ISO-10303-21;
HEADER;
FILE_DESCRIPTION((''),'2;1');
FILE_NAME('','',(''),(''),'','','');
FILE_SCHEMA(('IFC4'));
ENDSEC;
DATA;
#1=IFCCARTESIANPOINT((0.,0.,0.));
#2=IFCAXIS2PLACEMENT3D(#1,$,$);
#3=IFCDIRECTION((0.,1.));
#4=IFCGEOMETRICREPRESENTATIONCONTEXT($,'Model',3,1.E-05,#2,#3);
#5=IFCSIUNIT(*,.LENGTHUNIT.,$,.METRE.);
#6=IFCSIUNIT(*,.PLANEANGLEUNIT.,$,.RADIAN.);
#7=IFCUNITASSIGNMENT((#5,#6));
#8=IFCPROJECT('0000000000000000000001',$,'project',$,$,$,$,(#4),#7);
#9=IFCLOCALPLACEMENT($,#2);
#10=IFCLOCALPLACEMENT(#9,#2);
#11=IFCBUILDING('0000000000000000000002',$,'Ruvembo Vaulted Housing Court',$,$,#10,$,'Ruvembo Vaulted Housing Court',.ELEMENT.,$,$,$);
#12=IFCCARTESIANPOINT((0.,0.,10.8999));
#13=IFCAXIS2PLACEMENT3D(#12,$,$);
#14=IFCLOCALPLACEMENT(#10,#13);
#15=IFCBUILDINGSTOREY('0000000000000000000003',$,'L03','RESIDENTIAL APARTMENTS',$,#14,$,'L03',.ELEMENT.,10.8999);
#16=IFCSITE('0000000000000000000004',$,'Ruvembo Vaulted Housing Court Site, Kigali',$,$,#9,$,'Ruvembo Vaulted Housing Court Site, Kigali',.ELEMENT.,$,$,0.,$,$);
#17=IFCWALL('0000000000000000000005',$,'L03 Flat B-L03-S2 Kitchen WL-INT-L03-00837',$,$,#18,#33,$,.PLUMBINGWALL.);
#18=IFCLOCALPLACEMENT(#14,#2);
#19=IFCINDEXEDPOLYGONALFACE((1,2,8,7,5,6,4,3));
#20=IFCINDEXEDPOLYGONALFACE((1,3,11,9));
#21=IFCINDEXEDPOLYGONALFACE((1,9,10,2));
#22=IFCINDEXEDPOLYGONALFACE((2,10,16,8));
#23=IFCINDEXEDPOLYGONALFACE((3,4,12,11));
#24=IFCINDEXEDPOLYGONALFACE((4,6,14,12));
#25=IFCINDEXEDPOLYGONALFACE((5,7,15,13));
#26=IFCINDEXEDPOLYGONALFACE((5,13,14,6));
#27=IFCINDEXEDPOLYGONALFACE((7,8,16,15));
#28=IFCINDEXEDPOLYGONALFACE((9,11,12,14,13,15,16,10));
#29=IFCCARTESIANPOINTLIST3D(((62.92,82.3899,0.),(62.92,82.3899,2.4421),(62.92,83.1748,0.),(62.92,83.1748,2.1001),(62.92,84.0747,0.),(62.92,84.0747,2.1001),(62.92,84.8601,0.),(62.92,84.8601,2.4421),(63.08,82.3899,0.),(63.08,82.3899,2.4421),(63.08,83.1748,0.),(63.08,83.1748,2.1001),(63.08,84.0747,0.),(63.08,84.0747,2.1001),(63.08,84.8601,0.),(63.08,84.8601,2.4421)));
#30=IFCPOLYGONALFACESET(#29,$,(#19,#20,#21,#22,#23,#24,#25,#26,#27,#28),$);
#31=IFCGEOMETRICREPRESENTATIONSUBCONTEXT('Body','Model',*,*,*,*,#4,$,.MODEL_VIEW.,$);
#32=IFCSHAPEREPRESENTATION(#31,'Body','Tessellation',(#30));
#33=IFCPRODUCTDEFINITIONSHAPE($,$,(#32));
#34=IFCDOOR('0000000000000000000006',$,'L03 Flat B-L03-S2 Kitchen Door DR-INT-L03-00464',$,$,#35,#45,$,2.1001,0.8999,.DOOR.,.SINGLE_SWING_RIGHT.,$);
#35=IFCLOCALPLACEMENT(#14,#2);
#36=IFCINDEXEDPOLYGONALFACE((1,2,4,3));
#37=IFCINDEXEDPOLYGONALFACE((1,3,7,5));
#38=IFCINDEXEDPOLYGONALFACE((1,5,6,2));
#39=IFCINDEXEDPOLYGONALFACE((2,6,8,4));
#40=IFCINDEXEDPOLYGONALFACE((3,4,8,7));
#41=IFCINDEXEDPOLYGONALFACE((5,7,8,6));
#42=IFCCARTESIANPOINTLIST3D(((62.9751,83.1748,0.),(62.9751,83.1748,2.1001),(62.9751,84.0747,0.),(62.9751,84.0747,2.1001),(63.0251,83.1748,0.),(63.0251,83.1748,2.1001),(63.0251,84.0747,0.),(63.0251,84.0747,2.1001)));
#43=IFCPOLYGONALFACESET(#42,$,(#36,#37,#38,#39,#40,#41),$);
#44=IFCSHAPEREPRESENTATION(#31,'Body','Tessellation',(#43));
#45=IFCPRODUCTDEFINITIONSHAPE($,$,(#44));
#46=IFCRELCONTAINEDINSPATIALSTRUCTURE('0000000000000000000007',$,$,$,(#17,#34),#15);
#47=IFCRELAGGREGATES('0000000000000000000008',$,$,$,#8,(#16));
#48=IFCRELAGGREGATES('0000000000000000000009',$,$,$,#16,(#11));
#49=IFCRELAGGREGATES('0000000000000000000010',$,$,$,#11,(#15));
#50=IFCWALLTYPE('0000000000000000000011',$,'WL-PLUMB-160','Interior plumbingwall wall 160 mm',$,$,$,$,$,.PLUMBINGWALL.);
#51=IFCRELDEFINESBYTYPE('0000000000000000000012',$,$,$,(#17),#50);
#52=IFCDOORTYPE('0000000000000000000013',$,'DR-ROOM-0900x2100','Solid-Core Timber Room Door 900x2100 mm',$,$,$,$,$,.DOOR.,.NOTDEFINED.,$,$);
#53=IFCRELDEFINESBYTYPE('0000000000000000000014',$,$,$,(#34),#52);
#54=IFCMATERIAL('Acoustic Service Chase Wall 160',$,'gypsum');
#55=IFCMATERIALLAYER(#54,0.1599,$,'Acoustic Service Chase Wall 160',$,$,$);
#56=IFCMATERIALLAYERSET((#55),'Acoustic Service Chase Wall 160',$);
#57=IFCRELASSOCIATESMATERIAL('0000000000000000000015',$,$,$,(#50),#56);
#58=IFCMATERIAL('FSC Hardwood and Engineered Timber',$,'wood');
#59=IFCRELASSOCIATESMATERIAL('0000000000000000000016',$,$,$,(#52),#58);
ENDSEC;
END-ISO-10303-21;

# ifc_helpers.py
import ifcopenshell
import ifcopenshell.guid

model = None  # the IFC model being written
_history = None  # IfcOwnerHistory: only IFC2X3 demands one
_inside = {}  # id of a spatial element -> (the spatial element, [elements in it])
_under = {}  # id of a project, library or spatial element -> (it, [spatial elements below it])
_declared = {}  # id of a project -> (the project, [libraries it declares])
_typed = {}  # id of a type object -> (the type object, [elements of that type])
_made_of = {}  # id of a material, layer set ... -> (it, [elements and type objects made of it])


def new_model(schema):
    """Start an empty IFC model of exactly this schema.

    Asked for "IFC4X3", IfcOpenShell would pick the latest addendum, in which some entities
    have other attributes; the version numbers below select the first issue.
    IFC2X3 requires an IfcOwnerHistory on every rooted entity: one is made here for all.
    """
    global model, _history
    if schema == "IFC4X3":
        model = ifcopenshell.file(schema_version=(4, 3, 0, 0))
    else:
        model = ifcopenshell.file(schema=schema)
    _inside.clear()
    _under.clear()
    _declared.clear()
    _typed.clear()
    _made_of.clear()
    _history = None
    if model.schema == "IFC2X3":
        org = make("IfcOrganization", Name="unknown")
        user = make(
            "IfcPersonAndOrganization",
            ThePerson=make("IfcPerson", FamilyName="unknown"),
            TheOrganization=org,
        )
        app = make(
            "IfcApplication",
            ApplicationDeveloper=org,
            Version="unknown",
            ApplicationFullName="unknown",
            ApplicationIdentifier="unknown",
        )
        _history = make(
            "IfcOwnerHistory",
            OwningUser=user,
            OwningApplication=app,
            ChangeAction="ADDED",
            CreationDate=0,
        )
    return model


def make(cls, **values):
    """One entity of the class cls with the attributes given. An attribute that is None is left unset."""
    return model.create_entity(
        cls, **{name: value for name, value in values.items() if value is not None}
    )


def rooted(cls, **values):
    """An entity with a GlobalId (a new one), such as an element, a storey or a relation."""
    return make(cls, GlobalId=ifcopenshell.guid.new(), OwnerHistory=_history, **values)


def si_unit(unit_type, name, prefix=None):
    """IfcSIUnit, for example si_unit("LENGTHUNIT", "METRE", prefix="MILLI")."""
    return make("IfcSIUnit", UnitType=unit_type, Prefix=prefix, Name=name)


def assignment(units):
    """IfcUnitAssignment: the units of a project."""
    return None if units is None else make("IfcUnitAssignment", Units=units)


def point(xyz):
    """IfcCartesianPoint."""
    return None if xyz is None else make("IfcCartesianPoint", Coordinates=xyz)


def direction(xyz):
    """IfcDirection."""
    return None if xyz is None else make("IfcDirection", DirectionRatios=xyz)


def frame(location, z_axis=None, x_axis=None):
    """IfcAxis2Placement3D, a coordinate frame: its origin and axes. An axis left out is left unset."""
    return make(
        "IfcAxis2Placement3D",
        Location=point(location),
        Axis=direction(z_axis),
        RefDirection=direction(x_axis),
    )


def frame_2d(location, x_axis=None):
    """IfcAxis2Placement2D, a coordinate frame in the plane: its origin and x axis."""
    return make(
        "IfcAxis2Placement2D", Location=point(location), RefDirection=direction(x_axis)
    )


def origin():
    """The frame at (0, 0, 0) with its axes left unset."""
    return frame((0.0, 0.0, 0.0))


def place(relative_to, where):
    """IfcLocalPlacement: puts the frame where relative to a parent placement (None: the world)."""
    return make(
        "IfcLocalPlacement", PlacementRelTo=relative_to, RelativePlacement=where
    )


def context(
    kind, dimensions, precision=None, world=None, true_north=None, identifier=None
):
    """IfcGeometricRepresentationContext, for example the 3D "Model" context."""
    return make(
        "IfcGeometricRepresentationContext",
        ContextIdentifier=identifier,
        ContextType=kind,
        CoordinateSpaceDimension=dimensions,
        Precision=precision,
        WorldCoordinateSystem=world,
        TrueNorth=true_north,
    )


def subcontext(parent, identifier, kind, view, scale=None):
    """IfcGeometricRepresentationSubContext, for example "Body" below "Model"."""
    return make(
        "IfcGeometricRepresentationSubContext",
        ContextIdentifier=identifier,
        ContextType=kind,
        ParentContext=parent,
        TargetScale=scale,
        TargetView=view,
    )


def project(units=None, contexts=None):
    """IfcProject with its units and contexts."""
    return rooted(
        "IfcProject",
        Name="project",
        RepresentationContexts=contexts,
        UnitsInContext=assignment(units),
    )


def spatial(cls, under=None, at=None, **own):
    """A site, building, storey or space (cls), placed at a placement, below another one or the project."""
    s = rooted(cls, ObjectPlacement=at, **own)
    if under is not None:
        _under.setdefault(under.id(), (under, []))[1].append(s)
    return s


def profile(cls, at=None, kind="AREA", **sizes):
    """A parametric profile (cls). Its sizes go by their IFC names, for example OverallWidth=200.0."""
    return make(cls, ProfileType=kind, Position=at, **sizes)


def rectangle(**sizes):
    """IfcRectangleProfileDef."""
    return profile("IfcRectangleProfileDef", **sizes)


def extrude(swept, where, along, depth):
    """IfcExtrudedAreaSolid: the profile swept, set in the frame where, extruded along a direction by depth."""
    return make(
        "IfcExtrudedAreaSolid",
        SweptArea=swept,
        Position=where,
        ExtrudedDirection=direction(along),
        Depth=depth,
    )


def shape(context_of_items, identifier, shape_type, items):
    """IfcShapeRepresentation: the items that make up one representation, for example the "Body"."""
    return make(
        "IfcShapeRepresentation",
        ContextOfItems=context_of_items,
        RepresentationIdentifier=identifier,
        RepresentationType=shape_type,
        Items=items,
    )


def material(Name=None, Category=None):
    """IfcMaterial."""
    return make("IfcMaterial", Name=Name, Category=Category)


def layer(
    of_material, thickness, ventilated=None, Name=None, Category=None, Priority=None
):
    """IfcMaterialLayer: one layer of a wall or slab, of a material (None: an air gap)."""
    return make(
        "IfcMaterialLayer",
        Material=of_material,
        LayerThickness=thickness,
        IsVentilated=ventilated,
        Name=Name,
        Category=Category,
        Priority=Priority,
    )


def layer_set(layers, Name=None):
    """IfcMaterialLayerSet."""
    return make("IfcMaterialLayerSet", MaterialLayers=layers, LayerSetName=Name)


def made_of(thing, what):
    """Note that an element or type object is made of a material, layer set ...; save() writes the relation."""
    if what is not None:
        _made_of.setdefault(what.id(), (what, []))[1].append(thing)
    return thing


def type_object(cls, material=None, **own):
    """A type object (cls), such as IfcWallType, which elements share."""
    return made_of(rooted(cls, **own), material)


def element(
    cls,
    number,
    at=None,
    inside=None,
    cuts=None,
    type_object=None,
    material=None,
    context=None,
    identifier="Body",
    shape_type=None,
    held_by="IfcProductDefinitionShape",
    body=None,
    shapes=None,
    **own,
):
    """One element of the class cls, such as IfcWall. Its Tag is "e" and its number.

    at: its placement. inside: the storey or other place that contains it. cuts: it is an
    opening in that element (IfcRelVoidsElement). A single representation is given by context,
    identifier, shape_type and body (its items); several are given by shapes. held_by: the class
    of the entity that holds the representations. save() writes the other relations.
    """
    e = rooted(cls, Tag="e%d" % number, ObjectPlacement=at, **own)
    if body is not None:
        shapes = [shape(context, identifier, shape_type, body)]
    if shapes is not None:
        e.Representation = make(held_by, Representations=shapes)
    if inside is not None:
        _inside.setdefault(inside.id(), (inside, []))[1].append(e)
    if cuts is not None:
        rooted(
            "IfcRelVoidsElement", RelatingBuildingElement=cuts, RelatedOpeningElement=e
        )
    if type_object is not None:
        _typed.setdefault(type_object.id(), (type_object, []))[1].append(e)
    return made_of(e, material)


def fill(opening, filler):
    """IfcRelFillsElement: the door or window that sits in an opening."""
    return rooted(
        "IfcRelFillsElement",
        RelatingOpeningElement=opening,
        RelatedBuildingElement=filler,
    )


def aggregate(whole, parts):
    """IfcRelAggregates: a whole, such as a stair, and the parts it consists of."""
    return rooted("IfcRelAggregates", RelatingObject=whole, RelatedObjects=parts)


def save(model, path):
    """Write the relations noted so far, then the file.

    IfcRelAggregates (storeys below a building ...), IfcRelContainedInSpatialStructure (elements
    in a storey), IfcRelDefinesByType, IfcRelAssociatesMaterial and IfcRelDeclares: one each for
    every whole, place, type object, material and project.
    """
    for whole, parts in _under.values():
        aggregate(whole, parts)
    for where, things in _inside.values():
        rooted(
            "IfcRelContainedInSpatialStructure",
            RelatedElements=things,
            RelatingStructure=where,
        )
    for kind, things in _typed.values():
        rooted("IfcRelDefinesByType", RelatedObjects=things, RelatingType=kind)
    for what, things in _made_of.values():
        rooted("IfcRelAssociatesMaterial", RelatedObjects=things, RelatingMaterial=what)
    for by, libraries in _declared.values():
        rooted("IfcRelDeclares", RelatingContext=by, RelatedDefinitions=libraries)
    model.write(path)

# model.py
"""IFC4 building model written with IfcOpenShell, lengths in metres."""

from ifc_helpers import new_model, si_unit, direction, frame, frame_2d, origin, place, context, subcontext, project, spatial, rectangle, extrude, material, layer, layer_set, type_object, element, fill, save


model = new_model("IFC4")

# Units and contexts
model_context = context("Model", 3, precision=1e-05, world=origin(), true_north=direction((0.0, 1.0)))
body_context = subcontext(model_context, "Body", "Model", "MODEL_VIEW")
ifc_project = project(units=[si_unit("LENGTHUNIT", "METRE"), si_unit("PLANEANGLEUNIT", "RADIAN")], contexts=[model_context])

# Site, building, storey
site_placement = place(None, origin())
site = spatial("IfcSite", under=ifc_project, at=site_placement, Name="Ruvembo Vaulted Housing Court Site, Kigali", LongName="Ruvembo Vaulted Housing Court Site, Kigali", CompositionType="ELEMENT", RefElevation=0.0)
building_placement = place(site_placement, origin())
building = spatial("IfcBuilding", under=site, at=building_placement, Name="Ruvembo Vaulted Housing Court", LongName="Ruvembo Vaulted Housing Court", CompositionType="ELEMENT")
storey_placement = place(building_placement, frame((0.0, 0.0, 10.8999)))
storey = spatial("IfcBuildingStorey", under=building, at=storey_placement, Name="L03", Description="RESIDENTIAL APARTMENTS", LongName="L03", CompositionType="ELEMENT", Elevation=10.8999)

# Shared definitions
ifc_material_1 = material(Name="FSC Hardwood and Engineered Timber", Category="wood")

# Wall, opening, door
ifc_material_2 = material(Name="Acoustic Service Chase Wall 160", Category="gypsum")
ifc_layer_1 = layer(ifc_material_2, 0.1599, Name="Acoustic Service Chase Wall 160")
ifc_layer_set_1 = layer_set([ifc_layer_1], Name="Acoustic Service Chase Wall 160")
wall_type_1 = type_object("IfcWallType", Name="WL-PLUMB-160", Description="Interior plumbingwall wall 160 mm", PredefinedType="PLUMBINGWALL", material=ifc_layer_set_1)
wall_1_placement = place(storey_placement, frame((63.0, 82.3899, 0.0), z_axis=(0.0, 0.0, 1.0), x_axis=(0.0, 1.0, 0.0)))
wall_1 = element("IfcWall", 1, at=wall_1_placement, inside=storey, type_object=wall_type_1, Name="L03 Flat B-L03-S2 Kitchen WL-INT-L03-00837", PredefinedType="PLUMBINGWALL", context=body_context, shape_type="SweptSolid", body=[
    extrude(rectangle(XDim=2.4702, YDim=0.1599, at=frame_2d((1.2351, 0.0))), origin(), (0.0, 0.0, 1.0), 2.4421),
])
opening_1_placement = place(wall_1_placement, frame((0.7849, 0.0, 0.0)))
opening_1 = element("IfcOpeningElement", 2, at=opening_1_placement, cuts=wall_1, PredefinedType="OPENING", context=body_context, shape_type="SweptSolid", body=[
    extrude(rectangle(XDim=0.8999, YDim=2.1001, at=frame_2d((0.45, 1.05))), frame((0.0, 0.0898, 0.0), z_axis=(0.0, -1.0, 0.0), x_axis=(1.0, 0.0, 0.0)), (0.0, 0.0, 1.0), 0.1799),
])
door_type_1 = type_object("IfcDoorType", Name="DR-ROOM-0900x2100", Description="Solid-Core Timber Room Door 900x2100 mm", OperationType="NOTDEFINED", PredefinedType="DOOR", material=ifc_material_1)
door_1_placement = place(opening_1_placement, origin())
door_1 = element("IfcDoor", 3, at=door_1_placement, inside=storey, type_object=door_type_1, Name="L03 Flat B-L03-S2 Kitchen Door DR-INT-L03-00464", OperationType="SINGLE_SWING_RIGHT", OverallHeight=2.1001, OverallWidth=0.8999, PredefinedType="DOOR", context=body_context, shape_type="SweptSolid", body=[
    extrude(rectangle(XDim=0.8999, YDim=2.1001, at=frame_2d((0.45, 1.05))), frame((0.0, 0.0249, 0.0), z_axis=(0.0, -1.0, 0.0), x_axis=(1.0, 0.0, 0.0)), (0.0, 0.0, 1.0), 0.05),
])
fill(opening_1, door_1)

save(model, "model.ifc")
